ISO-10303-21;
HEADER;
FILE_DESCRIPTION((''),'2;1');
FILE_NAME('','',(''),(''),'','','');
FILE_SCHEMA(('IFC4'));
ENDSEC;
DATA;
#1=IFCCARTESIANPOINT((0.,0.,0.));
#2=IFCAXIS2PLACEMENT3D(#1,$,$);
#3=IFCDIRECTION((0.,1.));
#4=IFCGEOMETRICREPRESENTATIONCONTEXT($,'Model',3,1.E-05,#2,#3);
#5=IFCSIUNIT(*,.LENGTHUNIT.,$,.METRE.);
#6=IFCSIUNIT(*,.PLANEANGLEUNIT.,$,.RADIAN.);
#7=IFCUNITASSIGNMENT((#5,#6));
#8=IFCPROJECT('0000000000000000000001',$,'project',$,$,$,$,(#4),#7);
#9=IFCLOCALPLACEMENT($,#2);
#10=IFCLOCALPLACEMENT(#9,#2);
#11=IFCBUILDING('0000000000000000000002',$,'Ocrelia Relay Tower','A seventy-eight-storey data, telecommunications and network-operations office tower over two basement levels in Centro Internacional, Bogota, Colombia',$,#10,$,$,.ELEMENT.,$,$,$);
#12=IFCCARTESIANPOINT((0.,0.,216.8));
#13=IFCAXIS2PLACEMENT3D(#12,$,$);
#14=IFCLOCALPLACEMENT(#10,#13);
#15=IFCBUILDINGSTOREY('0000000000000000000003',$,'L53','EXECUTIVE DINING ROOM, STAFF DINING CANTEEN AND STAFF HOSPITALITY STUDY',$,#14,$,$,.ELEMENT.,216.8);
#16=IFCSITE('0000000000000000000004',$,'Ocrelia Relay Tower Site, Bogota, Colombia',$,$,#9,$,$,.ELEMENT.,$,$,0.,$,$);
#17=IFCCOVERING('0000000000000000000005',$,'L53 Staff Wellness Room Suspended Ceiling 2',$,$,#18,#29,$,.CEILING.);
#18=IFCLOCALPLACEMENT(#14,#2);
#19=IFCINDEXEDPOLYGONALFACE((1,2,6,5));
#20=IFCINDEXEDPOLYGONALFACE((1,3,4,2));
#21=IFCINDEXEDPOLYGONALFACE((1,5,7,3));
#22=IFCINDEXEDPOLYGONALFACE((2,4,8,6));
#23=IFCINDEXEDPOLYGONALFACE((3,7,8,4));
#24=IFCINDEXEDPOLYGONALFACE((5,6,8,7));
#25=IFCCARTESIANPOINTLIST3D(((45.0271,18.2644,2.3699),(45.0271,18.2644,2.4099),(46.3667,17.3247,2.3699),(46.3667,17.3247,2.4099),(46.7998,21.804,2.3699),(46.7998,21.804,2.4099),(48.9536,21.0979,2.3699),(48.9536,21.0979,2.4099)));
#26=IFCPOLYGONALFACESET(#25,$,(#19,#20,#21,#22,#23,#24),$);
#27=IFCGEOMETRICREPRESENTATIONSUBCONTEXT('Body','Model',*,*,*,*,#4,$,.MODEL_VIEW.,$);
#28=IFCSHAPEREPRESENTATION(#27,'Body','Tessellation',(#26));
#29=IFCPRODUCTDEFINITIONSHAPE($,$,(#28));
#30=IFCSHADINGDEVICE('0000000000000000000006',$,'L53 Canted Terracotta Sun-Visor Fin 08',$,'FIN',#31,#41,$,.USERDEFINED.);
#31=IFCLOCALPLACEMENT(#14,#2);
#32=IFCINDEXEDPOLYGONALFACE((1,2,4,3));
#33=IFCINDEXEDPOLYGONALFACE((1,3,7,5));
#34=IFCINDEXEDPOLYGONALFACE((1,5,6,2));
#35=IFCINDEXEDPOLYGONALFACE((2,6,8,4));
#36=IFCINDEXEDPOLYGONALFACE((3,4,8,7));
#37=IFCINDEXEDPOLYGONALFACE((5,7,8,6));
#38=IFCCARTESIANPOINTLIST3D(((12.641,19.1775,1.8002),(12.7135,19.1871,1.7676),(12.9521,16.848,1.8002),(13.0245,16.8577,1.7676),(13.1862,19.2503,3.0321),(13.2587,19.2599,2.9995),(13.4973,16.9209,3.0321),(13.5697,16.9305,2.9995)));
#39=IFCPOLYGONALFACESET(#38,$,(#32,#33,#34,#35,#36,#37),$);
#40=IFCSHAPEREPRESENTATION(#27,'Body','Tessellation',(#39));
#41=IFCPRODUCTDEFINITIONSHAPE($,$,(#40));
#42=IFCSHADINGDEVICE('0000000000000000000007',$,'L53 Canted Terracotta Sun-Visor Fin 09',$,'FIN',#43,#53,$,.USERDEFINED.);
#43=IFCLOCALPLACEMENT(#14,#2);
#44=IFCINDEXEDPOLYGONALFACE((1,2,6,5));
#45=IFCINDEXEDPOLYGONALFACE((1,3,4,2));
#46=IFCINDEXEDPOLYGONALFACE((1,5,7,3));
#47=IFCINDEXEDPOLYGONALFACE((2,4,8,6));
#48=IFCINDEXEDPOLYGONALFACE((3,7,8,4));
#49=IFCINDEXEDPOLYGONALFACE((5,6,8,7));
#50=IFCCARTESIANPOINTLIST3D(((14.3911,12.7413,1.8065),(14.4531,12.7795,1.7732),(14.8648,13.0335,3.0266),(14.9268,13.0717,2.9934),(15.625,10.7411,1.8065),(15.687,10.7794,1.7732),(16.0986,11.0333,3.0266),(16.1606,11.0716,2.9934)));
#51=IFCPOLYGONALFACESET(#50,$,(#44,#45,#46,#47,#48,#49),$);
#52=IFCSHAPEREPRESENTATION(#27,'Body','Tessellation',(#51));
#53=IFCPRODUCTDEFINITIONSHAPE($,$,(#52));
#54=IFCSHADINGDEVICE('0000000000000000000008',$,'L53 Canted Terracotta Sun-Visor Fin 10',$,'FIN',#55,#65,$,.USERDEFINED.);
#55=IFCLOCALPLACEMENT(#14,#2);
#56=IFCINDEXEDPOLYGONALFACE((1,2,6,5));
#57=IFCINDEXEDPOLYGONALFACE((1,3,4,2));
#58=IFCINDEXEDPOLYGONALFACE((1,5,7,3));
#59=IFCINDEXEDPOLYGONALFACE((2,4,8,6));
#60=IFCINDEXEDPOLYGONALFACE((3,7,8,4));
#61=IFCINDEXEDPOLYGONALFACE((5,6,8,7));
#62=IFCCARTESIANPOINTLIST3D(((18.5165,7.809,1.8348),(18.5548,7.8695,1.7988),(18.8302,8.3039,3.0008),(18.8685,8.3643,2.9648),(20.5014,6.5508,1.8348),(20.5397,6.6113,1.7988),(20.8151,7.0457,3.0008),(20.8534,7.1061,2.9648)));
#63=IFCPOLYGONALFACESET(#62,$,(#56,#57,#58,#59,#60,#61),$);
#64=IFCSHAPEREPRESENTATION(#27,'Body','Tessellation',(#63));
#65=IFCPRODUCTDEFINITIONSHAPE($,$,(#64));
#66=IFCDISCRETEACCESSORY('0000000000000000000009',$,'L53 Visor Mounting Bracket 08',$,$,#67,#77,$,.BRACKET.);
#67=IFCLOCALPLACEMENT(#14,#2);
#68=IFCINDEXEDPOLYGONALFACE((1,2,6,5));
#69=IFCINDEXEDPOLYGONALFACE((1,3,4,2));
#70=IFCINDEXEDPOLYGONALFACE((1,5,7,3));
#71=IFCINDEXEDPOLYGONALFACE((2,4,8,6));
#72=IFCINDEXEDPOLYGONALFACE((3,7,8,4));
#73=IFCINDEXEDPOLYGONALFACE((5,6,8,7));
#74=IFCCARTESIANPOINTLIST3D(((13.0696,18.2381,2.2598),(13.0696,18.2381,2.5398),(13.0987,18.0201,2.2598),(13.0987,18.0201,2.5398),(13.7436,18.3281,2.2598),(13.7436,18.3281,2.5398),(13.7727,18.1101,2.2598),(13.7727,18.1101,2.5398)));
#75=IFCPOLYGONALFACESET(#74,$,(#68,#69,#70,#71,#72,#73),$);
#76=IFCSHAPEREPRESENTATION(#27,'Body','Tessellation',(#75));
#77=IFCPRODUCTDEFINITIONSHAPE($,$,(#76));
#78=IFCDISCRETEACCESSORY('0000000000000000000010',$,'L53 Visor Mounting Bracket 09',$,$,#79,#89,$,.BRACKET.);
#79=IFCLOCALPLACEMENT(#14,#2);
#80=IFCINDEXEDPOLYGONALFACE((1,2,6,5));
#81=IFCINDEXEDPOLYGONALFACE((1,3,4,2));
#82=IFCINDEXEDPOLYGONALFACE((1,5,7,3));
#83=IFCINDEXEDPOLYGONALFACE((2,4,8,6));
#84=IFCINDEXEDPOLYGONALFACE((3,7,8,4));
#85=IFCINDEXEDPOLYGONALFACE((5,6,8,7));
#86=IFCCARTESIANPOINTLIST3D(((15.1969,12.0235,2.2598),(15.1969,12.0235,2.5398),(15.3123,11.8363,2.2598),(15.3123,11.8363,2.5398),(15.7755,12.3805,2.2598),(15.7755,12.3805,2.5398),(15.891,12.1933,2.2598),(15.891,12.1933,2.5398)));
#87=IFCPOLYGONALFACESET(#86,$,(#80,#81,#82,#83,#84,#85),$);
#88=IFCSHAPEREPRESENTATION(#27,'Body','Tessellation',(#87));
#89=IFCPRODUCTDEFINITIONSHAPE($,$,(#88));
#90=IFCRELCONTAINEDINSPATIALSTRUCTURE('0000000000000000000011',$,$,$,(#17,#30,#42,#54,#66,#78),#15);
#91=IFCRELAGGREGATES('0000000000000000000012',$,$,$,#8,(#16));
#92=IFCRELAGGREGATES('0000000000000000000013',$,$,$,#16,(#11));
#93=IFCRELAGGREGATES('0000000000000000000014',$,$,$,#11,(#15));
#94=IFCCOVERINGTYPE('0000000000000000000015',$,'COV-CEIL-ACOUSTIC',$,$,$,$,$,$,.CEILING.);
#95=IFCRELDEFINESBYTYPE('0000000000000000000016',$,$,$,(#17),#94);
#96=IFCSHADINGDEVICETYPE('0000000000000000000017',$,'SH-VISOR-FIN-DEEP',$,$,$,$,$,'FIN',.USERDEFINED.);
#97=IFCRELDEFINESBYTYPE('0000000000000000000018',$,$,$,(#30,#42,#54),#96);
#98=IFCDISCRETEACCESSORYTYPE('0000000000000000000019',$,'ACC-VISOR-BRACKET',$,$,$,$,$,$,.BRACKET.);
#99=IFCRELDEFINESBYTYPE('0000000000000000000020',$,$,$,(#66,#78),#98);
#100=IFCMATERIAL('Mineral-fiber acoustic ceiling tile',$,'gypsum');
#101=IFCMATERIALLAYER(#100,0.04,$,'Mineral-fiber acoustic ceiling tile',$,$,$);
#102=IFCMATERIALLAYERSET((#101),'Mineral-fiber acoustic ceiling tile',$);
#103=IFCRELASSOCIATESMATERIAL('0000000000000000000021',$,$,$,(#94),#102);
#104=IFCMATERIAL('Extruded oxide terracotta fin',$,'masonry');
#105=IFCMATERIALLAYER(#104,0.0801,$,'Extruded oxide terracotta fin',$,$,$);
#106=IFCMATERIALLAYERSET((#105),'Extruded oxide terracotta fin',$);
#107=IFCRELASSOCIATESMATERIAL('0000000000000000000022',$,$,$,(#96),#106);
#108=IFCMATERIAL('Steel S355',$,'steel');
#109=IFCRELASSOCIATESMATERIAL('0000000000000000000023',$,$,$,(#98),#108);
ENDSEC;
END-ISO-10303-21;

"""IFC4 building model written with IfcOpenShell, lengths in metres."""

from ifc_helpers import new_model, si_unit, direction, frame, origin, origin_2d, place, context, subcontext, project, spatial, polyline, rectangle, outline, extrude, material, layer, layer_set, type_object, element, save


model = new_model("IFC4")

# Units and contexts
model_context = context("Model", 3, precision=1e-05, world=origin(), true_north=direction((0.0, 1.0)))
body_context = subcontext(model_context, "Body", "Model", "MODEL_VIEW")
ifc_project = project(units=[si_unit("LENGTHUNIT", "METRE"), si_unit("PLANEANGLEUNIT", "RADIAN")], contexts=[model_context])

# Site, building, storey
site_placement = place(None, origin())
site = spatial("IfcSite", under=ifc_project, at=site_placement, Name="Ocrelia Relay Tower Site, Bogota, Colombia", CompositionType="ELEMENT", RefElevation=0.0)
building_placement = place(site_placement, origin())
building = spatial("IfcBuilding", under=site, at=building_placement, Name="Ocrelia Relay Tower", Description="A seventy-eight-storey data, telecommunications and network-operations office tower over two basement levels in Centro Internacional, Bogota, Colombia", CompositionType="ELEMENT")
storey_placement = place(building_placement, frame((0.0, 0.0, 216.8)))
storey = spatial("IfcBuildingStorey", under=building, at=storey_placement, Name="L53", Description="EXECUTIVE DINING ROOM, STAFF DINING CANTEEN AND STAFF HOSPITALITY STUDY", CompositionType="ELEMENT", Elevation=216.8)

# Covering
ifc_material_1 = material(Name="Mineral-fiber acoustic ceiling tile", Category="gypsum")
ifc_layer_1 = layer(ifc_material_1, 0.04, Name="Mineral-fiber acoustic ceiling tile")
ifc_layer_set_1 = layer_set([ifc_layer_1], Name="Mineral-fiber acoustic ceiling tile")
covering_type = type_object("IfcCoveringType", Name="COV-CEIL-ACOUSTIC", PredefinedType="CEILING", material=ifc_layer_set_1)
covering_1_placement = place(storey_placement, frame((0.0, 0.0, 2.3699)))
element("IfcCovering", 1, at=covering_1_placement, inside=storey, type_object=covering_type, Name="L53 Staff Wellness Room Suspended Ceiling 2", PredefinedType="CEILING", context=body_context, shape_type="SweptSolid", body=[
    extrude(outline(polyline([(45.0271, 18.2644), (46.3667, 17.3247), (48.9536, 21.0979), (46.7998, 21.804), (45.0271, 18.2644)])), origin(), (0.0, 0.0, 1.0), 0.04),
])

# Shading devices
ifc_material_2 = material(Name="Extruded oxide terracotta fin", Category="masonry")
ifc_layer_2 = layer(ifc_material_2, 0.0801, Name="Extruded oxide terracotta fin")
ifc_layer_set_2 = layer_set([ifc_layer_2], Name="Extruded oxide terracotta fin")
shading_device_type = type_object("IfcShadingDeviceType", Name="SH-VISOR-FIN-DEEP", ElementType="FIN", PredefinedType="USERDEFINED", material=ifc_layer_set_2)
shading_device_1_placement = place(storey_placement, frame((13.1416, 18.0588, 2.3835), z_axis=(-0.905085, -0.120864, 0.407693), x_axis=(0.132364, -0.991201, 0.0)))
element("IfcShadingDevice", 2, at=shading_device_1_placement, inside=storey, type_object=shading_device_type, Name="L53 Canted Terracotta Sun-Visor Fin 08", ObjectType="FIN", PredefinedType="USERDEFINED", context=body_context, shape_type="SweptSolid", body=[
    extrude(rectangle(XDim=2.3501, YDim=1.3491, at=origin_2d()), origin(), (0.0, 0.0, 1.0), 0.0801),
])
shading_device_2_placement = place(storey_placement, frame((15.3069, 11.9255, 2.3833), z_axis=(-0.774337, -0.47767, 0.415011), x_axis=(0.525018, -0.851091, 0.0)))
element("IfcShadingDevice", 3, at=shading_device_2_placement, inside=storey, type_object=shading_device_type, Name="L53 Canted Terracotta Sun-Visor Fin 09", ObjectType="FIN", PredefinedType="USERDEFINED", context=body_context, shape_type="SweptSolid", body=[
    extrude(rectangle(XDim=2.3501, YDim=1.3411, at=origin_2d()), origin(), (0.0, 0.0, 1.0), 0.0801),
])
shading_device_3_placement = place(storey_placement, frame((19.7041, 7.4878, 2.3818), z_axis=(-0.47838, -0.754682, 0.449007), x_axis=(0.844609, -0.535383, 0.0)))
element("IfcShadingDevice", 4, at=shading_device_3_placement, inside=storey, type_object=shading_device_type, Name="L53 Canted Terracotta Sun-Visor Fin 10", ObjectType="FIN", PredefinedType="USERDEFINED", context=body_context, shape_type="SweptSolid", body=[
    extrude(rectangle(XDim=2.3501, YDim=1.3049, at=origin_2d()), origin(), (0.0, 0.0, 1.0), 0.0801),
])

# Discrete accessories
ifc_material_3 = material(Name="Steel S355", Category="steel")
discrete_accessory_type = type_object("IfcDiscreteAccessoryType", Name="ACC-VISOR-BRACKET", PredefinedType="BRACKET", material=ifc_material_3)
for number, where, z_axis, x_axis, name in (
    (5, (13.4211, 18.1741, 2.2598), (0.0, 0.0, 1.0), (0.132364, -0.991201, 0.0), "L53 Visor Mounting Bracket 08"),
    (6, (15.5439, 12.1084, 2.2598), (0.0, 0.0, 1.0), (0.525018, -0.851091, 0.0), "L53 Visor Mounting Bracket 09"),
):
    element("IfcDiscreteAccessory", number, at=place(storey_placement, frame(where, z_axis=z_axis, x_axis=x_axis)), inside=storey, type_object=discrete_accessory_type, Name=name, PredefinedType="BRACKET", context=body_context, shape_type="SweptSolid", body=[
        extrude(rectangle(XDim=0.22, YDim=0.6799, at=origin_2d()), origin(), (0.0, 0.0, 1.0), 0.28),
    ])

save(model, "model.ifc")
